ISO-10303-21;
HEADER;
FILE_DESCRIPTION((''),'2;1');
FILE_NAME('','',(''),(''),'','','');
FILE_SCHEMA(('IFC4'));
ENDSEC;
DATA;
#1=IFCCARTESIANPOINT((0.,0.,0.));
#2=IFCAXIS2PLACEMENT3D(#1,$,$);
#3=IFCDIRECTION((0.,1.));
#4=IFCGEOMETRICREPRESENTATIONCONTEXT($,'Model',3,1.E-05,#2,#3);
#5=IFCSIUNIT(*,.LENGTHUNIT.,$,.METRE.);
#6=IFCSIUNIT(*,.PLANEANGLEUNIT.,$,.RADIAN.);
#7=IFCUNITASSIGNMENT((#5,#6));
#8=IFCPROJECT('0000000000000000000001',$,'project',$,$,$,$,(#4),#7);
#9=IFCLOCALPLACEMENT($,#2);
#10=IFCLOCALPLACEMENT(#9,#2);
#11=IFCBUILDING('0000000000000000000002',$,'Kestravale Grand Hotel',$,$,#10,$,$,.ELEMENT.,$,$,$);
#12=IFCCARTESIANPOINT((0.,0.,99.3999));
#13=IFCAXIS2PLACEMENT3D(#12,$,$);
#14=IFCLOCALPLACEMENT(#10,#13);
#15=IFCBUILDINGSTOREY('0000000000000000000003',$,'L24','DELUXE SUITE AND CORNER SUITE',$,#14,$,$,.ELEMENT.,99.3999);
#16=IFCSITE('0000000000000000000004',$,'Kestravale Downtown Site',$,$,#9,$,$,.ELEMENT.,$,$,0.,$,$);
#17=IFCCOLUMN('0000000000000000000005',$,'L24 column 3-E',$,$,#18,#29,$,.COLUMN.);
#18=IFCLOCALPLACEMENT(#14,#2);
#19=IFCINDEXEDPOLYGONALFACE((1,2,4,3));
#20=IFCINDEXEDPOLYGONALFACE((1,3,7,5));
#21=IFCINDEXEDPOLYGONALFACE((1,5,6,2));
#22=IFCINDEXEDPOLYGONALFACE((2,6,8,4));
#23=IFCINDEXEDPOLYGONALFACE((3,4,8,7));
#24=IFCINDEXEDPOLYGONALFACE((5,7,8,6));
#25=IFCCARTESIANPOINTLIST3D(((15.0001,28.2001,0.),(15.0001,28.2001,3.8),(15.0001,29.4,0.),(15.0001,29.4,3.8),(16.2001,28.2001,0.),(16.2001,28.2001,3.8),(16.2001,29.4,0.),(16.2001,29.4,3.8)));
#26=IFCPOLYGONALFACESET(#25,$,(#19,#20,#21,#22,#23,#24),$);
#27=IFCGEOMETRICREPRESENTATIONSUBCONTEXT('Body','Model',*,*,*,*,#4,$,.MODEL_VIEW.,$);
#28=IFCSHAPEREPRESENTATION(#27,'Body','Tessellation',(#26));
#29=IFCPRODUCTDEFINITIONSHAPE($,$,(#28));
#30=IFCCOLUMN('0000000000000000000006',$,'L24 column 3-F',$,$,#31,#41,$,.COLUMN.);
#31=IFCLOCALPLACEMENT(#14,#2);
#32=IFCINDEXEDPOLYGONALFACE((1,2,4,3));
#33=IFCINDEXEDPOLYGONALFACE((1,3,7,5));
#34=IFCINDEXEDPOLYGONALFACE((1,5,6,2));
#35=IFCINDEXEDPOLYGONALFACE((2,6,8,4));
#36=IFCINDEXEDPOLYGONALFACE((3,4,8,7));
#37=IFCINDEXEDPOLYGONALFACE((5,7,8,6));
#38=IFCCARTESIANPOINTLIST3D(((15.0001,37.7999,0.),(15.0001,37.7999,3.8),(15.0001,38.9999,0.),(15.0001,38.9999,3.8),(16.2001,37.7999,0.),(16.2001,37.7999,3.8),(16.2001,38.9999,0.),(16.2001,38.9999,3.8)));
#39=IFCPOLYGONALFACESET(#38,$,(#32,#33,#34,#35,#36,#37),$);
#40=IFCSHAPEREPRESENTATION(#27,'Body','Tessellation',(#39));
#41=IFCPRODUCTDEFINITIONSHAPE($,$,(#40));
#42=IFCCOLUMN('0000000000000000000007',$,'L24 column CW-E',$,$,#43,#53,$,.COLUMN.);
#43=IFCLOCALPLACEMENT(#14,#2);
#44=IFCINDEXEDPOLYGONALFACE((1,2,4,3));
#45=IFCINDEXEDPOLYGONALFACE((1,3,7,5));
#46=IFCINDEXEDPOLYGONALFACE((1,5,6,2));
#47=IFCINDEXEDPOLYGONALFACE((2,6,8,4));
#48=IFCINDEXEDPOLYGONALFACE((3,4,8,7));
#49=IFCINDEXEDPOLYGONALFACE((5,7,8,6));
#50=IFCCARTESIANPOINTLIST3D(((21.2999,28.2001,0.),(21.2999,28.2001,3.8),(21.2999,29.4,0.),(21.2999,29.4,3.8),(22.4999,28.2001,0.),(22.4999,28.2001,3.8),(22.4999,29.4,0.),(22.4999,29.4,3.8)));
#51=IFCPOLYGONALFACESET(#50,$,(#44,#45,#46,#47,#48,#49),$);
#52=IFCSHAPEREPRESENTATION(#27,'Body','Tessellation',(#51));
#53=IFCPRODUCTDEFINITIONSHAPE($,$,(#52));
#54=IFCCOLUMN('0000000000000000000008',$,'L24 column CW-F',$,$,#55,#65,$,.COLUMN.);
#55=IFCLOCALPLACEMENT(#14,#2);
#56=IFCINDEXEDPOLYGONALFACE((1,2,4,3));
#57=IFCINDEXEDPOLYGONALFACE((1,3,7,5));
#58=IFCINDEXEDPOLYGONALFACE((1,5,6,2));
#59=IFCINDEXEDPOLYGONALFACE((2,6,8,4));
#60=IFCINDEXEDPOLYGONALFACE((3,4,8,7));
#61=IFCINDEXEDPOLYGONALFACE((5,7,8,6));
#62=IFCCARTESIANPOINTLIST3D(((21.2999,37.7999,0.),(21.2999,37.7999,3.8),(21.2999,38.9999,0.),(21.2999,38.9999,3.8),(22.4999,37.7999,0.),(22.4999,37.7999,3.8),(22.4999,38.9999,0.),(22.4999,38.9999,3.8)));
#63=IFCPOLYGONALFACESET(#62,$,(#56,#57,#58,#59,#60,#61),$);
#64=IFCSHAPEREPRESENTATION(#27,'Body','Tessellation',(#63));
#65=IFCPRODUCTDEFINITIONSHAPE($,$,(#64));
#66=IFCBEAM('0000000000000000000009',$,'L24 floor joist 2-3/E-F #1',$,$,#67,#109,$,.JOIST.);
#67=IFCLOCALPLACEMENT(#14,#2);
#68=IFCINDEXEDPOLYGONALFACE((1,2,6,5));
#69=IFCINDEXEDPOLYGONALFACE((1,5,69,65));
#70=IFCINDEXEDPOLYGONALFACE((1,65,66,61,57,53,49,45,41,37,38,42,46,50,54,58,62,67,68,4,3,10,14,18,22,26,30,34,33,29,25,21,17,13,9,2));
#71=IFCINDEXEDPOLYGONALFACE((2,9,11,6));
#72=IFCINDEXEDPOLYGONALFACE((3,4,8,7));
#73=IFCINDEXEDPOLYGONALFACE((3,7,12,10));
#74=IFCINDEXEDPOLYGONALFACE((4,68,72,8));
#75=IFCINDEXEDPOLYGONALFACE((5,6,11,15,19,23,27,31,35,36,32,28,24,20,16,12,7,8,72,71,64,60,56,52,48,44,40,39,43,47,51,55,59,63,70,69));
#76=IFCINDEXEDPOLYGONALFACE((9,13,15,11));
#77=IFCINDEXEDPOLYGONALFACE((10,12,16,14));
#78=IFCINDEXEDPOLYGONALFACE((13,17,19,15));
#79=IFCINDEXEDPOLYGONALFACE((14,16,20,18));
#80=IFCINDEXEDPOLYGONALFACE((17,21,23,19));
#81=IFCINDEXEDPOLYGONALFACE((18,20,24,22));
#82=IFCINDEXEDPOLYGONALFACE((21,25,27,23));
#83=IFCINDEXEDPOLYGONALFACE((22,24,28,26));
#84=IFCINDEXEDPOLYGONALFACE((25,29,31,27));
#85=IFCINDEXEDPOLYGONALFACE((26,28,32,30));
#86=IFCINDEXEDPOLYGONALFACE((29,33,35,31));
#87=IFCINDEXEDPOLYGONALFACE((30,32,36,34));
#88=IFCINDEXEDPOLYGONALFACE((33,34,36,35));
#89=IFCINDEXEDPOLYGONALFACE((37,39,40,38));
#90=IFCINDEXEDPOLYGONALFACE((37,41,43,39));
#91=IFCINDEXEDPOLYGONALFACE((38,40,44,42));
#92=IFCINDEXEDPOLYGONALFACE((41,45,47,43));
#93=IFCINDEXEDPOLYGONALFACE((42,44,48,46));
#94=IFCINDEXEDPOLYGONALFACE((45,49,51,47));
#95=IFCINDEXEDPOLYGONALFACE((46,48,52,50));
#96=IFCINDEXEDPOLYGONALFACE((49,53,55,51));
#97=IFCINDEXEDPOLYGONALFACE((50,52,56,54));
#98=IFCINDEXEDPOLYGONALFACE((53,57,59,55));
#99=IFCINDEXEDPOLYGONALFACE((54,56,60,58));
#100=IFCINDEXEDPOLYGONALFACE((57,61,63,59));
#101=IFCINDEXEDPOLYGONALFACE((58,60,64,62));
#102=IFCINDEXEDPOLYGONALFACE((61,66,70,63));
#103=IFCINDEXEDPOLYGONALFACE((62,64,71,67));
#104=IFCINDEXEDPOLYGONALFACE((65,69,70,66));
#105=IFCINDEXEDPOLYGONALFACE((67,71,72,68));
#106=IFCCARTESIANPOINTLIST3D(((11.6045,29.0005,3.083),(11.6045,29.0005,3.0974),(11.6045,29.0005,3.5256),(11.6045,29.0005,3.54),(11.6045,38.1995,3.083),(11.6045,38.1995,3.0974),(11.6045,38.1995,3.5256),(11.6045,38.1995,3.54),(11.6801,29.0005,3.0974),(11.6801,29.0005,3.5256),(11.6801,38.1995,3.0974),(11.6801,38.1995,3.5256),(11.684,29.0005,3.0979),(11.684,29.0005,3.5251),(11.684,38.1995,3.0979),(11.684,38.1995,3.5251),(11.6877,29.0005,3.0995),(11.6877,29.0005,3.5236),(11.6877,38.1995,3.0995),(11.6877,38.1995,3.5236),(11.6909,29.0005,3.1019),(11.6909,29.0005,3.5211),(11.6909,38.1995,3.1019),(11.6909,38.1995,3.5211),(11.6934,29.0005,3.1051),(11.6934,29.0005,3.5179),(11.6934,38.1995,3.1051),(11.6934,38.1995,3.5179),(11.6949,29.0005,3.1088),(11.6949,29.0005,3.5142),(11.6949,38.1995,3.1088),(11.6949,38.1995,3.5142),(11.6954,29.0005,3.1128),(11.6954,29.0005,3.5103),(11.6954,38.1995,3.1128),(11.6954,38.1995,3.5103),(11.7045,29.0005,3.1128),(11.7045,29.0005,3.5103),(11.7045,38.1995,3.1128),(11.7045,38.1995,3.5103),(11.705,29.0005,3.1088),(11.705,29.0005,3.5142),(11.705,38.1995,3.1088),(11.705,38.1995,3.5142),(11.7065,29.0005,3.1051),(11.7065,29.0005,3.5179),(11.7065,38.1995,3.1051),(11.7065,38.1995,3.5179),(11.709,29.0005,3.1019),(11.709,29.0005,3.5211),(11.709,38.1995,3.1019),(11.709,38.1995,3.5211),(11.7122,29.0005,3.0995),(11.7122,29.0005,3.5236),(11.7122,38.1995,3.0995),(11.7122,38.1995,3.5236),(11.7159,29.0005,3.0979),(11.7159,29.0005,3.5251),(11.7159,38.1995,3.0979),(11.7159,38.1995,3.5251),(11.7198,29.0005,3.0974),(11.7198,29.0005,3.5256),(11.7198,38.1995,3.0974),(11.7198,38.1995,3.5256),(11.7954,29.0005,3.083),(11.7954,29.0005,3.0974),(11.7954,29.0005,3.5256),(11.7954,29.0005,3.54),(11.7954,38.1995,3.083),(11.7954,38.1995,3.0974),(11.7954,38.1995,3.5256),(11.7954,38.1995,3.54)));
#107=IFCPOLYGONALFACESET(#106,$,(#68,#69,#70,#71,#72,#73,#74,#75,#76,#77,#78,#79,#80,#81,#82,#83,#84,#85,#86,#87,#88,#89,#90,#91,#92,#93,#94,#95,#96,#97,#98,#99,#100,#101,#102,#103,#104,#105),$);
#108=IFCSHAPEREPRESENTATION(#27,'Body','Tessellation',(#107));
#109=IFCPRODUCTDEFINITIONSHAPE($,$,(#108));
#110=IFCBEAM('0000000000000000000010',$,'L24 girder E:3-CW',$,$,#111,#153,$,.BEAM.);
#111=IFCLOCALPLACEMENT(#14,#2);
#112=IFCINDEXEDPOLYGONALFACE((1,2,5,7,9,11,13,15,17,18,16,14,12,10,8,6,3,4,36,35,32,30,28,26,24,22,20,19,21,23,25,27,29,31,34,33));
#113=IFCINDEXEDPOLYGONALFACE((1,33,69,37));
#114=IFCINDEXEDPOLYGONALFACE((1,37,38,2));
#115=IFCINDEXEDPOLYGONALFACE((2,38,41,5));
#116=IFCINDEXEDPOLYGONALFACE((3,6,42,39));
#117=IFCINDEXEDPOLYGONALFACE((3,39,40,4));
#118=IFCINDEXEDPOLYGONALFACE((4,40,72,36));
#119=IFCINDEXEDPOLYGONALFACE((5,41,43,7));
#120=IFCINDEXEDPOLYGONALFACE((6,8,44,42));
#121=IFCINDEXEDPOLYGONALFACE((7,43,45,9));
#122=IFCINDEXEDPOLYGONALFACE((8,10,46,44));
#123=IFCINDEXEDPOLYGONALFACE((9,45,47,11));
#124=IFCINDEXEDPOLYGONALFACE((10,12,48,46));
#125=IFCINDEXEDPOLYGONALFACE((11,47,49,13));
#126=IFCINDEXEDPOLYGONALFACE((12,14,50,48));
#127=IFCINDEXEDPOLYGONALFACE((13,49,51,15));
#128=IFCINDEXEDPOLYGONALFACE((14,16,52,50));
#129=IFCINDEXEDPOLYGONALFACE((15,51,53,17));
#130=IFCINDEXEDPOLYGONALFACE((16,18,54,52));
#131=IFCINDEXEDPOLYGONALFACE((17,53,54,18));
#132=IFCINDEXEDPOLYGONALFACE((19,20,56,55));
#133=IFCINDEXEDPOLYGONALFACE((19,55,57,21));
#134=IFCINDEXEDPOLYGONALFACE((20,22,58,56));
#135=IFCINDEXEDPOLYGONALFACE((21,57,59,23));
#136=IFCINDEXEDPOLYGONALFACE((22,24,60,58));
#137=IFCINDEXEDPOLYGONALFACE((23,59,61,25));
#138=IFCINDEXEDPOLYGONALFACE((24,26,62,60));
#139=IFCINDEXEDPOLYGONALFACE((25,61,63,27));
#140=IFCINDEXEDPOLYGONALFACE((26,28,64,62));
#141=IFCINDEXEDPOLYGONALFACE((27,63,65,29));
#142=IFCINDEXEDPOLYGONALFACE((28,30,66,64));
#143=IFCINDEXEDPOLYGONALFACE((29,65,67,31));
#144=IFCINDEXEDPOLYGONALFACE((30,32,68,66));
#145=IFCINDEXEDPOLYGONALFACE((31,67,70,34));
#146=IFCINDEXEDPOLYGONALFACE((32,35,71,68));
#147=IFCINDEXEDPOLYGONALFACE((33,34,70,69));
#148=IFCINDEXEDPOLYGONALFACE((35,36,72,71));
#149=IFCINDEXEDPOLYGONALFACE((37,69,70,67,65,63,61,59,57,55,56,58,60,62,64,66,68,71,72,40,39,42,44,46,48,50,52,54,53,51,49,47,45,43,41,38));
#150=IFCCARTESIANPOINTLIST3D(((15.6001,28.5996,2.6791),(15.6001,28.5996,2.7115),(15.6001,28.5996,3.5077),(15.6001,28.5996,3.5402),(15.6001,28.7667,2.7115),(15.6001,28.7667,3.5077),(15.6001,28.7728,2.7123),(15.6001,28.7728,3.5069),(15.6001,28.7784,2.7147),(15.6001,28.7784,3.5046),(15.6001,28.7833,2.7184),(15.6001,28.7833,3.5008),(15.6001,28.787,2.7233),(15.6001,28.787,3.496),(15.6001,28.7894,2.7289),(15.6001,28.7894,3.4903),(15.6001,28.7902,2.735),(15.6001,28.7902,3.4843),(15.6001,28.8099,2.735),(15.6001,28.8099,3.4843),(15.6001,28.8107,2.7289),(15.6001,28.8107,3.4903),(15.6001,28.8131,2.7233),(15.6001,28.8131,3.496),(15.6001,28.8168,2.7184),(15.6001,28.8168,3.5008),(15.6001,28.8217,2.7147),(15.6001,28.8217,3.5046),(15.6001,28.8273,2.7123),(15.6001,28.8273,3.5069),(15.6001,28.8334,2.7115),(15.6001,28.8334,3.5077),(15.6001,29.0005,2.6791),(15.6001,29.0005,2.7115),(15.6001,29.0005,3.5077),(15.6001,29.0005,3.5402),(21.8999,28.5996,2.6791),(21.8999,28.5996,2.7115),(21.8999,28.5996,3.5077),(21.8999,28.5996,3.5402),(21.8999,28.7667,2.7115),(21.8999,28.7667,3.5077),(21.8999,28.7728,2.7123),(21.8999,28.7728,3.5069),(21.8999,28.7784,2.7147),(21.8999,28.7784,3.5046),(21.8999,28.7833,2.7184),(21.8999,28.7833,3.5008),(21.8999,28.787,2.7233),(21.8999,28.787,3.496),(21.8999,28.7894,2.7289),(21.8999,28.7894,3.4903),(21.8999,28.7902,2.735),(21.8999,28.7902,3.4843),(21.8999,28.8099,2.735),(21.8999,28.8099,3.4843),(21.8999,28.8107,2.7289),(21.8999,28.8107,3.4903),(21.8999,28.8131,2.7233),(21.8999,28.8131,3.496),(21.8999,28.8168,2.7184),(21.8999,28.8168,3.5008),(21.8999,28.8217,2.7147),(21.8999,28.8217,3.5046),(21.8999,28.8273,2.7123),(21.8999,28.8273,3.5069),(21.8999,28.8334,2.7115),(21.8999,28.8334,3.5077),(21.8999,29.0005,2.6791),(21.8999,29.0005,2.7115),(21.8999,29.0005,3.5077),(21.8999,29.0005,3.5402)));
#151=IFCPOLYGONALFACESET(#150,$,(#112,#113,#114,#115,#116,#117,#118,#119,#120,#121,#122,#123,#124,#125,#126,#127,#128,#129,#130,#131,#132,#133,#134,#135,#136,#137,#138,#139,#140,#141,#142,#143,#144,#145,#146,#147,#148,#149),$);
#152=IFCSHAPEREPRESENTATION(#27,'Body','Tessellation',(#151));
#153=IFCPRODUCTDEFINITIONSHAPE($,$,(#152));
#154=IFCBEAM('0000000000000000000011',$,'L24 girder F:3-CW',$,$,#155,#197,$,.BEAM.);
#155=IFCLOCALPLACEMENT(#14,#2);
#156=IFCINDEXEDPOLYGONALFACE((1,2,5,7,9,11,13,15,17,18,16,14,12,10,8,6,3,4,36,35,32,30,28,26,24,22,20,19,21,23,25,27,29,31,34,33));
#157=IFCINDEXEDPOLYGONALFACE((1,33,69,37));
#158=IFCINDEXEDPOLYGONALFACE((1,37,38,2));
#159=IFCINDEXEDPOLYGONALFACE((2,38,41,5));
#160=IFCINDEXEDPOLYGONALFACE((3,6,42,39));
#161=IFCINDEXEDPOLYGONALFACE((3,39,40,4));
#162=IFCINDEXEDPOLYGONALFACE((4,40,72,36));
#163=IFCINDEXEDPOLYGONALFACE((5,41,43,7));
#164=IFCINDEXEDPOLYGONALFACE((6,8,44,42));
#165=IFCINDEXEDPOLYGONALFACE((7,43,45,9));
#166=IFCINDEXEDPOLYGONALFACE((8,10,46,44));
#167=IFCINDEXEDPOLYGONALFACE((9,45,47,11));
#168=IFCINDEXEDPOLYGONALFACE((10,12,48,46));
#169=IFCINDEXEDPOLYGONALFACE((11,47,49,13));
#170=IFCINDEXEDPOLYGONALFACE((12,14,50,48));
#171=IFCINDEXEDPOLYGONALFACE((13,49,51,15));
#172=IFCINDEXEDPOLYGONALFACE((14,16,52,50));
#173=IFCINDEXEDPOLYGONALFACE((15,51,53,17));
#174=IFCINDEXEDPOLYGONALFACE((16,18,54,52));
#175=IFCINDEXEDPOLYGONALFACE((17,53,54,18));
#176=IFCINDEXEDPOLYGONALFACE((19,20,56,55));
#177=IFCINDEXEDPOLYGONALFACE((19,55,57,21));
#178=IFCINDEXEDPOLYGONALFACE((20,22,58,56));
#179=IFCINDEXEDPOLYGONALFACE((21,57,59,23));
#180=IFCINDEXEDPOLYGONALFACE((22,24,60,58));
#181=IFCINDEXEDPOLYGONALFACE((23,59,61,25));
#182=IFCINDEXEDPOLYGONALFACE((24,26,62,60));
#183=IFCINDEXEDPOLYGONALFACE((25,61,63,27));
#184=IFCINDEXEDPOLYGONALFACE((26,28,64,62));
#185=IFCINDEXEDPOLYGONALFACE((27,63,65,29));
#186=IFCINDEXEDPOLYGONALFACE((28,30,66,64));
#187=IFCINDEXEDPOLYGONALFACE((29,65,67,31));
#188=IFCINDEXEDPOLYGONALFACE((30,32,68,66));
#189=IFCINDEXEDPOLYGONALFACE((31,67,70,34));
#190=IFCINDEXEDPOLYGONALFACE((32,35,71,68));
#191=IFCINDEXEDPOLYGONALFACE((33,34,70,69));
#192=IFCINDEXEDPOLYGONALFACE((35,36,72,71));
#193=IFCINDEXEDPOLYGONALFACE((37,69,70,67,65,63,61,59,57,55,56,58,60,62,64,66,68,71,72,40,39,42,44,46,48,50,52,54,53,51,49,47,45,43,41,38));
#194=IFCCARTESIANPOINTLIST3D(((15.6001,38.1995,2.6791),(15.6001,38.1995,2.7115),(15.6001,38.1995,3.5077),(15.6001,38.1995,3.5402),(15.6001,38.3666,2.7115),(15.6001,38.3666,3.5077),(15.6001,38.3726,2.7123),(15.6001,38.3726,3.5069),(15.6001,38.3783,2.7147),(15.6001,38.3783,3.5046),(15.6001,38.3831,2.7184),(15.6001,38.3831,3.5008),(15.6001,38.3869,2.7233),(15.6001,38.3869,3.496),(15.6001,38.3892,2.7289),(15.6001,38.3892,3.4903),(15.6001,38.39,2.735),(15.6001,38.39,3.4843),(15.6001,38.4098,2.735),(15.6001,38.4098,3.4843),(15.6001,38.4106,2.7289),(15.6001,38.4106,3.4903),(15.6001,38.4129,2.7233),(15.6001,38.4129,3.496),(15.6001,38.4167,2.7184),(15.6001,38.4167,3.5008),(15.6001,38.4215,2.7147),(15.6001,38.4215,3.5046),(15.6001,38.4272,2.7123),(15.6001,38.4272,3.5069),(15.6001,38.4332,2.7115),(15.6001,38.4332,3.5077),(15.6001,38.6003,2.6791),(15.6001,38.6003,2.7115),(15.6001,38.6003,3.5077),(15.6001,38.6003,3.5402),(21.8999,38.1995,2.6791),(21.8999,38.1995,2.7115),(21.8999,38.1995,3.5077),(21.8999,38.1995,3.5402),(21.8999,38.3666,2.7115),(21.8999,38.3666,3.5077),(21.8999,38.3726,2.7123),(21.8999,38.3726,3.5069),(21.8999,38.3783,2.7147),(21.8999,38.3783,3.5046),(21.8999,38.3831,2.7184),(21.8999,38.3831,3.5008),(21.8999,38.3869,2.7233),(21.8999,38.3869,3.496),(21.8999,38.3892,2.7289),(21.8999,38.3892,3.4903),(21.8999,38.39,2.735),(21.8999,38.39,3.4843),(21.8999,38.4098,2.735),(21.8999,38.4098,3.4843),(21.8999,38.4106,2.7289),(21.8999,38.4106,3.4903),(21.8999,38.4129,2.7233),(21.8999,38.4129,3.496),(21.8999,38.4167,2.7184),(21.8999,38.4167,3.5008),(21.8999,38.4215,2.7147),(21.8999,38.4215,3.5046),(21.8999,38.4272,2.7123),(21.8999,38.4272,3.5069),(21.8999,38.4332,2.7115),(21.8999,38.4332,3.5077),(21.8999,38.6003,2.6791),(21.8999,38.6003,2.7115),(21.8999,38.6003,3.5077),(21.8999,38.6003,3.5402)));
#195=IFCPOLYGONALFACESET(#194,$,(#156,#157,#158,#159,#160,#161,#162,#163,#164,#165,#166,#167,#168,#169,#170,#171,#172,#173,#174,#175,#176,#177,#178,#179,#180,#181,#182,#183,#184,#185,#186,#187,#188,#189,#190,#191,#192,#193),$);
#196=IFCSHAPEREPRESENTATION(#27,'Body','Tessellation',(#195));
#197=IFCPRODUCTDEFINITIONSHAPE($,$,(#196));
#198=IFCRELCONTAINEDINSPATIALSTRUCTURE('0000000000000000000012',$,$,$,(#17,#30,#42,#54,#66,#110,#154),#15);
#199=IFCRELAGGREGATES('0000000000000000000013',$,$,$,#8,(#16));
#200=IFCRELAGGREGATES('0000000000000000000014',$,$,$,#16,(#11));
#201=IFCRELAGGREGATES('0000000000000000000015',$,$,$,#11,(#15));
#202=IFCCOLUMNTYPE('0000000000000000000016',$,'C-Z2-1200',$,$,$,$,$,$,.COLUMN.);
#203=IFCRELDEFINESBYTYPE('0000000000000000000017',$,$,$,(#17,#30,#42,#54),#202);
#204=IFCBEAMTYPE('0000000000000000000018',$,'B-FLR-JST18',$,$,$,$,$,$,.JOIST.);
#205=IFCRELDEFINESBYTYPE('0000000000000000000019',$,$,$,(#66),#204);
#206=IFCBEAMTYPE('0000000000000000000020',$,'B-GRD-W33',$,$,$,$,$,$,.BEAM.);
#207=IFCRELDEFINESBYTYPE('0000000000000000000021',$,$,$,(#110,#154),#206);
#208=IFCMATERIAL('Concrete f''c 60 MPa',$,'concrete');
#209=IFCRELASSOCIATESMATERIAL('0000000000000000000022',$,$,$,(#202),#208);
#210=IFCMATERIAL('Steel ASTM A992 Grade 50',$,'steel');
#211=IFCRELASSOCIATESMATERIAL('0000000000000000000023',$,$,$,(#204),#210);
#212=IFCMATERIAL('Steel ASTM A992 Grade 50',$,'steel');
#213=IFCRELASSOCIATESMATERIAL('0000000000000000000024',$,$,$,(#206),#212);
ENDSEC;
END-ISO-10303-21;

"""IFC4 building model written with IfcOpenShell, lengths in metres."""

from ifc_helpers import new_model, si_unit, direction, frame, origin, origin_2d, place, context, subcontext, project, spatial, rectangle, i_section, extrude, material, material_profile, profile_set, type_object, element, save


model = new_model("IFC4")

# Units and contexts
model_context = context("Model", 3, precision=1e-05, world=origin(), true_north=direction((0.0, 1.0)))
body_context = subcontext(model_context, "Body", "Model", "MODEL_VIEW")
ifc_project = project(units=[si_unit("LENGTHUNIT", "METRE"), si_unit("PLANEANGLEUNIT", "RADIAN")], contexts=[model_context])

# Site, building, storey
site_placement = place(None, origin())
site = spatial("IfcSite", under=ifc_project, at=site_placement, Name="Kestravale Downtown Site", CompositionType="ELEMENT", RefElevation=0.0)
building_placement = place(site_placement, origin())
building = spatial("IfcBuilding", under=site, at=building_placement, Name="Kestravale Grand Hotel", CompositionType="ELEMENT")
storey_placement = place(building_placement, frame((0.0, 0.0, 99.3999)))
storey = spatial("IfcBuildingStorey", under=building, at=storey_placement, Name="L24", Description="DELUXE SUITE AND CORNER SUITE", CompositionType="ELEMENT", Elevation=99.3999)

# Columns
ifc_material_1 = material(Name="Concrete f'c 60 MPa", Category="concrete")
ifc_material_profile_1 = material_profile(ifc_material_1, rectangle(XDim=1.2, YDim=1.2, at=origin_2d()))
ifc_profile_set_1 = profile_set([ifc_material_profile_1], Name="Concrete f'c 60 MPa")
column_type = type_object("IfcColumnType", Name="C-Z2-1200", PredefinedType="COLUMN", material=ifc_profile_set_1)
for number, where, z_axis, x_axis, name in (
    (1, (15.6001, 28.8, 0.0), (0.0, 0.0, 1.0), (1.0, 0.0, 0.0), "L24 column 3-E"),
    (2, (15.6001, 38.3999, 0.0), (0.0, 0.0, 1.0), (1.0, 0.0, 0.0), "L24 column 3-F"),
    (3, (21.8999, 28.8, 0.0), (0.0, 0.0, 1.0), (1.0, 0.0, 0.0), "L24 column CW-E"),
    (4, (21.8999, 38.3999, 0.0), (0.0, 0.0, 1.0), (1.0, 0.0, 0.0), "L24 column CW-F"),
):
    element("IfcColumn", number, at=place(storey_placement, frame(where, z_axis=z_axis, x_axis=x_axis)), inside=storey, type_object=column_type, Name=name, PredefinedType="COLUMN", context=body_context, shape_type="SweptSolid", body=[
        extrude(rectangle(XDim=1.2, YDim=1.2, at=origin_2d()), origin(), (0.0, 0.0, 1.0), 3.8),
    ])

# Beams
ifc_material_2 = material(Name="Steel ASTM A992 Grade 50", Category="steel")
ifc_material_profile_2 = material_profile(ifc_material_2, i_section(OverallWidth=0.1909, OverallDepth=0.457, WebThickness=0.009, FlangeThickness=0.0144, FilletRadius=0.0154, at=origin_2d()))
ifc_profile_set_2 = profile_set([ifc_material_profile_2], Name="Steel ASTM A992 Grade 50")
beam_type_1 = type_object("IfcBeamType", Name="B-FLR-JST18", PredefinedType="JOIST", material=ifc_profile_set_2)
beam_1_placement = place(storey_placement, frame((11.7, 29.0005, 3.3115), z_axis=(0.0, 1.0, 0.0), x_axis=(-1.0, 0.0, 0.0)))
element("IfcBeam", 5, at=beam_1_placement, inside=storey, type_object=beam_type_1, Name="L24 floor joist 2-3/E-F #1", PredefinedType="JOIST", context=body_context, shape_type="SweptSolid", body=[
    extrude(i_section(OverallWidth=0.1909, OverallDepth=0.457, WebThickness=0.009, FlangeThickness=0.0144, FilletRadius=0.0154, at=origin_2d()), origin(), (0.0, 0.0, 1.0), 9.199),
])
ifc_material_3 = material(Name="Steel ASTM A992 Grade 50", Category="steel")
ifc_material_profile_3 = material_profile(ifc_material_3, i_section(OverallWidth=0.4009, OverallDepth=0.8611, WebThickness=0.0198, FlangeThickness=0.0325, FilletRadius=0.0234, at=origin_2d()))
ifc_profile_set_3 = profile_set([ifc_material_profile_3], Name="Steel ASTM A992 Grade 50")
beam_type_2 = type_object("IfcBeamType", Name="B-GRD-W33", PredefinedType="BEAM", material=ifc_profile_set_3)
for number, where, z_axis, x_axis, name in (
    (6, (15.6001, 28.8, 3.1096), (1.0, 0.0, 0.0), (0.0, 1.0, 0.0), "L24 girder E:3-CW"),
    (7, (15.6001, 38.3999, 3.1096), (1.0, 0.0, 0.0), (0.0, 1.0, 0.0), "L24 girder F:3-CW"),
):
    element("IfcBeam", number, at=place(storey_placement, frame(where, z_axis=z_axis, x_axis=x_axis)), inside=storey, type_object=beam_type_2, Name=name, PredefinedType="BEAM", context=body_context, shape_type="SweptSolid", body=[
        extrude(i_section(OverallWidth=0.4009, OverallDepth=0.8611, WebThickness=0.0198, FlangeThickness=0.0325, FilletRadius=0.0234, at=origin_2d()), origin(), (0.0, 0.0, 1.0), 6.2998),
    ])

save(model, "model.ifc")
